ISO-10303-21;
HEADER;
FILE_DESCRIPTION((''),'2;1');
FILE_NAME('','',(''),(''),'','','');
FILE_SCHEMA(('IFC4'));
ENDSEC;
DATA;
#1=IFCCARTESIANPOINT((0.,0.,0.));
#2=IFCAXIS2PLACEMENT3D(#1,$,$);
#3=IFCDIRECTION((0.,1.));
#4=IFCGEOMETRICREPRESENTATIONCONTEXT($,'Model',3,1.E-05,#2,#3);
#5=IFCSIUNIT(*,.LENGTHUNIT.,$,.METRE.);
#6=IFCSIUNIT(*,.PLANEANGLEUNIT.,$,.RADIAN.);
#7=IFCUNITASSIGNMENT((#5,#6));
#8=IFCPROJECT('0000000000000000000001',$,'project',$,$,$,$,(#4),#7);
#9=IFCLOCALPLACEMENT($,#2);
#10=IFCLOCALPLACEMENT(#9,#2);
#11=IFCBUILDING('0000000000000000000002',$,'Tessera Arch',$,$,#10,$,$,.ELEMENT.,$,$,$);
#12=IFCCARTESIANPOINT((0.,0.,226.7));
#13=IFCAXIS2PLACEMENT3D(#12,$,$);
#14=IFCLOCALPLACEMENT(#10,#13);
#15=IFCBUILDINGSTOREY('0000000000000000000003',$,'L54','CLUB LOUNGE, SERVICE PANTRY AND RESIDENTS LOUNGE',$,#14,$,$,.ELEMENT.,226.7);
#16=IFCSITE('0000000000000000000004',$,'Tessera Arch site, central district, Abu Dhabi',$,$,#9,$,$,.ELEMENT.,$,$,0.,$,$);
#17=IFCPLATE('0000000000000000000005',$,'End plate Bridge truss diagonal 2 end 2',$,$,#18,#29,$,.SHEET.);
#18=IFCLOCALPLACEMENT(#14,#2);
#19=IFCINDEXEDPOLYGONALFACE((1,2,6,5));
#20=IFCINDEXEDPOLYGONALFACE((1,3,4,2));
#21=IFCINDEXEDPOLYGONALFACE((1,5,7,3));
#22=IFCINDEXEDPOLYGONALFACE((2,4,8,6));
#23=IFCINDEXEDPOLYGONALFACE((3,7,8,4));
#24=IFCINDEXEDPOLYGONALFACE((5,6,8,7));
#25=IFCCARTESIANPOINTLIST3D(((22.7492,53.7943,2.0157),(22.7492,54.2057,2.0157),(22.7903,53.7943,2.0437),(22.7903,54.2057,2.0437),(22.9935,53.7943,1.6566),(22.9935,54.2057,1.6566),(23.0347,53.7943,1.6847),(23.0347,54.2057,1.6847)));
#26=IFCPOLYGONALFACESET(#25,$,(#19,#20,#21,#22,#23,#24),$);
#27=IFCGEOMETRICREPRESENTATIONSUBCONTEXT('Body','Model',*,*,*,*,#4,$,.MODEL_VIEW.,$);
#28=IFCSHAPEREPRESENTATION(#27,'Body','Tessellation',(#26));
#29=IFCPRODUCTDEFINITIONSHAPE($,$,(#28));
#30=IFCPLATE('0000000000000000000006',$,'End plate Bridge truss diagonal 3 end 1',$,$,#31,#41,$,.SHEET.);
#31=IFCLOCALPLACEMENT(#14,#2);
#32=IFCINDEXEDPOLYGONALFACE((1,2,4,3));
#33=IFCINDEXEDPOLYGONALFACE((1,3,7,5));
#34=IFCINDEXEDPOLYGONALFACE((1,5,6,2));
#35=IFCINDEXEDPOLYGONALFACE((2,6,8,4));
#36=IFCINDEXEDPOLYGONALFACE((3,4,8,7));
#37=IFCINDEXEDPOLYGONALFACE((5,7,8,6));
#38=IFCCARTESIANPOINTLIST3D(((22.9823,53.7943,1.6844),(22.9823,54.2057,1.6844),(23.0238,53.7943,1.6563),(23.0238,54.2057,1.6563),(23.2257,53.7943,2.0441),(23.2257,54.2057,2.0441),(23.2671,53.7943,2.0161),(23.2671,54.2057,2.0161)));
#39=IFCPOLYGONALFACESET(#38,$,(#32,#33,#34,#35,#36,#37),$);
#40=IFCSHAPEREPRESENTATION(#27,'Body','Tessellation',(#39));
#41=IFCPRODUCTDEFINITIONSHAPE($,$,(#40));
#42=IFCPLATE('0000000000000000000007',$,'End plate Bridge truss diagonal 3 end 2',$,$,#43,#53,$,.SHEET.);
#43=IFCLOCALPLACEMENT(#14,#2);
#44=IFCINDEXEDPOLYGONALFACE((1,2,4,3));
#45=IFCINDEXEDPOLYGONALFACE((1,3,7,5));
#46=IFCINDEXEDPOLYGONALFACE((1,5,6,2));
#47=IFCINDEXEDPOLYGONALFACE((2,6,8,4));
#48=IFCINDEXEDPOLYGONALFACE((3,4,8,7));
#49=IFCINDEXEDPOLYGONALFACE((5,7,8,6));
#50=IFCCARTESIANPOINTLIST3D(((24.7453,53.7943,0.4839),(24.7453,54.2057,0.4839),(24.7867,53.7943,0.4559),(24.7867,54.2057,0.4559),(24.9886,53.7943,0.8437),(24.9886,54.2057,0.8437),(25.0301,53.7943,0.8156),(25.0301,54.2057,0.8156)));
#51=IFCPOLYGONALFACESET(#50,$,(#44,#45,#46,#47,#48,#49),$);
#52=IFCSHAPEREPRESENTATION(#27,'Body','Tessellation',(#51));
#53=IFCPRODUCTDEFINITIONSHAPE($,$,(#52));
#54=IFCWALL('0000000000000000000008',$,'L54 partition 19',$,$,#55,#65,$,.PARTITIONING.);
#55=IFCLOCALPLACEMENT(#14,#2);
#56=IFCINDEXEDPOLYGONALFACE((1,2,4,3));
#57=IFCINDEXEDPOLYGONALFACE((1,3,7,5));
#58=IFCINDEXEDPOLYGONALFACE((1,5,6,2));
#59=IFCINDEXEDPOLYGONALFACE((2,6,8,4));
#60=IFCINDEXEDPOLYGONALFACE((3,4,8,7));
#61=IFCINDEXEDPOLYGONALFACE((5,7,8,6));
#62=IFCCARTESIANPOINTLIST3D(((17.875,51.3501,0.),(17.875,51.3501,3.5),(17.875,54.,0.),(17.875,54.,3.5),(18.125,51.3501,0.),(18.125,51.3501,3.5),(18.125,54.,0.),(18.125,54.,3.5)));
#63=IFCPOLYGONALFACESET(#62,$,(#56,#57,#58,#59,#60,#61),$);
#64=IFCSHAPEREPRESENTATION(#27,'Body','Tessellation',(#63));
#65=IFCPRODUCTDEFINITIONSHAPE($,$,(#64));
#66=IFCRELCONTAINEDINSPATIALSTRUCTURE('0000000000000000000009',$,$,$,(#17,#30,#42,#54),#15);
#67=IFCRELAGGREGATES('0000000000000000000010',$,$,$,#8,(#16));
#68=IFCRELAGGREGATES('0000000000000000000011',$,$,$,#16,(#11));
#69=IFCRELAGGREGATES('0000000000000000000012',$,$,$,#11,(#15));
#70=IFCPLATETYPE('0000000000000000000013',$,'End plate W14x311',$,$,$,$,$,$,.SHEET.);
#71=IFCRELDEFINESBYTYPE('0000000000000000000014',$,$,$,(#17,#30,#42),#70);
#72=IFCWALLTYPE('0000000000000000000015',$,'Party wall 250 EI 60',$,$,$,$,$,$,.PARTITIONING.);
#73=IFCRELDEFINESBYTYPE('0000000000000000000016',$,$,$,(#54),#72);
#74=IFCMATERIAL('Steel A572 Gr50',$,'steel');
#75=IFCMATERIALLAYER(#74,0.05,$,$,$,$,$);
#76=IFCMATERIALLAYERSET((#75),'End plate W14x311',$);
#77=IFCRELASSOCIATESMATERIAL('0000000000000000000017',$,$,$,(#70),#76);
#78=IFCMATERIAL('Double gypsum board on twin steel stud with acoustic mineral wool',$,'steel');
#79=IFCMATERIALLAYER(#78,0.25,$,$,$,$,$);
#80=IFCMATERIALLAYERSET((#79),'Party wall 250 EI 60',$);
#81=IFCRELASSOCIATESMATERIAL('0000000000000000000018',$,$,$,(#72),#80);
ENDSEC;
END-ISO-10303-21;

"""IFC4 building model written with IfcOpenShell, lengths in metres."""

from ifc_helpers import new_model, si_unit, direction, frame, frame_2d, origin, origin_2d, place, context, subcontext, project, spatial, rectangle, extrude, material, layer, layer_set, type_object, element, save


model = new_model("IFC4")

# Units and contexts
model_context = context("Model", 3, precision=1e-05, world=origin(), true_north=direction((0.0, 1.0)))
body_context = subcontext(model_context, "Body", "Model", "MODEL_VIEW")
ifc_project = project(units=[si_unit("LENGTHUNIT", "METRE"), si_unit("PLANEANGLEUNIT", "RADIAN")], contexts=[model_context])

# Site, building, storey
site_placement = place(None, origin())
site = spatial("IfcSite", under=ifc_project, at=site_placement, Name="Tessera Arch site, central district, Abu Dhabi", CompositionType="ELEMENT", RefElevation=0.0)
building_placement = place(site_placement, origin())
building = spatial("IfcBuilding", under=site, at=building_placement, Name="Tessera Arch", CompositionType="ELEMENT")
storey_placement = place(building_placement, frame((0.0, 0.0, 226.7)))
storey = spatial("IfcBuildingStorey", under=building, at=storey_placement, Name="L54", Description="CLUB LOUNGE, SERVICE PANTRY AND RESIDENTS LOUNGE", CompositionType="ELEMENT", Elevation=226.7)

# Plates
ifc_material_1 = material(Name="Steel A572 Gr50", Category="steel")
ifc_layer_1 = layer(ifc_material_1, 0.05)
ifc_layer_set_1 = layer_set([ifc_layer_1], Name="End plate W14x311")
plate_type_1 = type_object("IfcPlateType", Name="End plate W14x311", PredefinedType="SHEET", material=ifc_layer_set_1)
for number, where, z_axis, x_axis, name in (
    (1, (22.8713, 54.0, 1.8362), (0.826744, 0.0, 0.562578), (0.0, 1.0, 0.0), "End plate Bridge truss diagonal 2 end 2"),
):
    element("IfcPlate", number, at=place(storey_placement, frame(where, z_axis=z_axis, x_axis=x_axis)), inside=storey, type_object=plate_type_1, Name=name, PredefinedType="SHEET", context=body_context, shape_type="SweptSolid", body=[
        extrude(rectangle(XDim=0.4114, YDim=0.4343, at=origin_2d()), origin(), (0.0, 0.0, 1.0), 0.0498),
    ])
for number, where, z_axis, x_axis, name in (
    (2, (23.104, 54.0, 1.8643), (0.828283, 0.0, -0.560309), (0.0, 1.0, 0.0), "End plate Bridge truss diagonal 3 end 1"),
    (3, (24.8669, 54.0, 0.6638), (0.828283, 0.0, -0.560309), (0.0, 1.0, 0.0), "End plate Bridge truss diagonal 3 end 2"),
):
    element("IfcPlate", number, at=place(storey_placement, frame(where, z_axis=z_axis, x_axis=x_axis)), inside=storey, type_object=plate_type_1, Name=name, PredefinedType="SHEET", context=body_context, shape_type="SweptSolid", body=[
        extrude(rectangle(XDim=0.4114, YDim=0.4343, at=origin_2d()), origin(), (0.0, 0.0, 1.0), 0.05),
    ])

# Wall
ifc_material_2 = material(Name="Double gypsum board on twin steel stud with acoustic mineral wool", Category="steel")
ifc_layer_2 = layer(ifc_material_2, 0.25)
ifc_layer_set_2 = layer_set([ifc_layer_2], Name="Party wall 250 EI 60")
wall_type = type_object("IfcWallType", Name="Party wall 250 EI 60", PredefinedType="PARTITIONING", material=ifc_layer_set_2)
wall_placement = place(storey_placement, frame((18.0, 51.3501, 0.0), z_axis=(0.0, 0.0, 1.0), x_axis=(0.0, 1.0, 0.0)))
element("IfcWall", 4, at=wall_placement, inside=storey, type_object=wall_type, Name="L54 partition 19", PredefinedType="PARTITIONING", context=body_context, shape_type="SweptSolid", body=[
    extrude(rectangle(XDim=2.6499, YDim=0.25, at=frame_2d((1.325, 0.0))), origin(), (0.0, 0.0, 1.0), 3.5),
])

save(model, "model.ifc")
